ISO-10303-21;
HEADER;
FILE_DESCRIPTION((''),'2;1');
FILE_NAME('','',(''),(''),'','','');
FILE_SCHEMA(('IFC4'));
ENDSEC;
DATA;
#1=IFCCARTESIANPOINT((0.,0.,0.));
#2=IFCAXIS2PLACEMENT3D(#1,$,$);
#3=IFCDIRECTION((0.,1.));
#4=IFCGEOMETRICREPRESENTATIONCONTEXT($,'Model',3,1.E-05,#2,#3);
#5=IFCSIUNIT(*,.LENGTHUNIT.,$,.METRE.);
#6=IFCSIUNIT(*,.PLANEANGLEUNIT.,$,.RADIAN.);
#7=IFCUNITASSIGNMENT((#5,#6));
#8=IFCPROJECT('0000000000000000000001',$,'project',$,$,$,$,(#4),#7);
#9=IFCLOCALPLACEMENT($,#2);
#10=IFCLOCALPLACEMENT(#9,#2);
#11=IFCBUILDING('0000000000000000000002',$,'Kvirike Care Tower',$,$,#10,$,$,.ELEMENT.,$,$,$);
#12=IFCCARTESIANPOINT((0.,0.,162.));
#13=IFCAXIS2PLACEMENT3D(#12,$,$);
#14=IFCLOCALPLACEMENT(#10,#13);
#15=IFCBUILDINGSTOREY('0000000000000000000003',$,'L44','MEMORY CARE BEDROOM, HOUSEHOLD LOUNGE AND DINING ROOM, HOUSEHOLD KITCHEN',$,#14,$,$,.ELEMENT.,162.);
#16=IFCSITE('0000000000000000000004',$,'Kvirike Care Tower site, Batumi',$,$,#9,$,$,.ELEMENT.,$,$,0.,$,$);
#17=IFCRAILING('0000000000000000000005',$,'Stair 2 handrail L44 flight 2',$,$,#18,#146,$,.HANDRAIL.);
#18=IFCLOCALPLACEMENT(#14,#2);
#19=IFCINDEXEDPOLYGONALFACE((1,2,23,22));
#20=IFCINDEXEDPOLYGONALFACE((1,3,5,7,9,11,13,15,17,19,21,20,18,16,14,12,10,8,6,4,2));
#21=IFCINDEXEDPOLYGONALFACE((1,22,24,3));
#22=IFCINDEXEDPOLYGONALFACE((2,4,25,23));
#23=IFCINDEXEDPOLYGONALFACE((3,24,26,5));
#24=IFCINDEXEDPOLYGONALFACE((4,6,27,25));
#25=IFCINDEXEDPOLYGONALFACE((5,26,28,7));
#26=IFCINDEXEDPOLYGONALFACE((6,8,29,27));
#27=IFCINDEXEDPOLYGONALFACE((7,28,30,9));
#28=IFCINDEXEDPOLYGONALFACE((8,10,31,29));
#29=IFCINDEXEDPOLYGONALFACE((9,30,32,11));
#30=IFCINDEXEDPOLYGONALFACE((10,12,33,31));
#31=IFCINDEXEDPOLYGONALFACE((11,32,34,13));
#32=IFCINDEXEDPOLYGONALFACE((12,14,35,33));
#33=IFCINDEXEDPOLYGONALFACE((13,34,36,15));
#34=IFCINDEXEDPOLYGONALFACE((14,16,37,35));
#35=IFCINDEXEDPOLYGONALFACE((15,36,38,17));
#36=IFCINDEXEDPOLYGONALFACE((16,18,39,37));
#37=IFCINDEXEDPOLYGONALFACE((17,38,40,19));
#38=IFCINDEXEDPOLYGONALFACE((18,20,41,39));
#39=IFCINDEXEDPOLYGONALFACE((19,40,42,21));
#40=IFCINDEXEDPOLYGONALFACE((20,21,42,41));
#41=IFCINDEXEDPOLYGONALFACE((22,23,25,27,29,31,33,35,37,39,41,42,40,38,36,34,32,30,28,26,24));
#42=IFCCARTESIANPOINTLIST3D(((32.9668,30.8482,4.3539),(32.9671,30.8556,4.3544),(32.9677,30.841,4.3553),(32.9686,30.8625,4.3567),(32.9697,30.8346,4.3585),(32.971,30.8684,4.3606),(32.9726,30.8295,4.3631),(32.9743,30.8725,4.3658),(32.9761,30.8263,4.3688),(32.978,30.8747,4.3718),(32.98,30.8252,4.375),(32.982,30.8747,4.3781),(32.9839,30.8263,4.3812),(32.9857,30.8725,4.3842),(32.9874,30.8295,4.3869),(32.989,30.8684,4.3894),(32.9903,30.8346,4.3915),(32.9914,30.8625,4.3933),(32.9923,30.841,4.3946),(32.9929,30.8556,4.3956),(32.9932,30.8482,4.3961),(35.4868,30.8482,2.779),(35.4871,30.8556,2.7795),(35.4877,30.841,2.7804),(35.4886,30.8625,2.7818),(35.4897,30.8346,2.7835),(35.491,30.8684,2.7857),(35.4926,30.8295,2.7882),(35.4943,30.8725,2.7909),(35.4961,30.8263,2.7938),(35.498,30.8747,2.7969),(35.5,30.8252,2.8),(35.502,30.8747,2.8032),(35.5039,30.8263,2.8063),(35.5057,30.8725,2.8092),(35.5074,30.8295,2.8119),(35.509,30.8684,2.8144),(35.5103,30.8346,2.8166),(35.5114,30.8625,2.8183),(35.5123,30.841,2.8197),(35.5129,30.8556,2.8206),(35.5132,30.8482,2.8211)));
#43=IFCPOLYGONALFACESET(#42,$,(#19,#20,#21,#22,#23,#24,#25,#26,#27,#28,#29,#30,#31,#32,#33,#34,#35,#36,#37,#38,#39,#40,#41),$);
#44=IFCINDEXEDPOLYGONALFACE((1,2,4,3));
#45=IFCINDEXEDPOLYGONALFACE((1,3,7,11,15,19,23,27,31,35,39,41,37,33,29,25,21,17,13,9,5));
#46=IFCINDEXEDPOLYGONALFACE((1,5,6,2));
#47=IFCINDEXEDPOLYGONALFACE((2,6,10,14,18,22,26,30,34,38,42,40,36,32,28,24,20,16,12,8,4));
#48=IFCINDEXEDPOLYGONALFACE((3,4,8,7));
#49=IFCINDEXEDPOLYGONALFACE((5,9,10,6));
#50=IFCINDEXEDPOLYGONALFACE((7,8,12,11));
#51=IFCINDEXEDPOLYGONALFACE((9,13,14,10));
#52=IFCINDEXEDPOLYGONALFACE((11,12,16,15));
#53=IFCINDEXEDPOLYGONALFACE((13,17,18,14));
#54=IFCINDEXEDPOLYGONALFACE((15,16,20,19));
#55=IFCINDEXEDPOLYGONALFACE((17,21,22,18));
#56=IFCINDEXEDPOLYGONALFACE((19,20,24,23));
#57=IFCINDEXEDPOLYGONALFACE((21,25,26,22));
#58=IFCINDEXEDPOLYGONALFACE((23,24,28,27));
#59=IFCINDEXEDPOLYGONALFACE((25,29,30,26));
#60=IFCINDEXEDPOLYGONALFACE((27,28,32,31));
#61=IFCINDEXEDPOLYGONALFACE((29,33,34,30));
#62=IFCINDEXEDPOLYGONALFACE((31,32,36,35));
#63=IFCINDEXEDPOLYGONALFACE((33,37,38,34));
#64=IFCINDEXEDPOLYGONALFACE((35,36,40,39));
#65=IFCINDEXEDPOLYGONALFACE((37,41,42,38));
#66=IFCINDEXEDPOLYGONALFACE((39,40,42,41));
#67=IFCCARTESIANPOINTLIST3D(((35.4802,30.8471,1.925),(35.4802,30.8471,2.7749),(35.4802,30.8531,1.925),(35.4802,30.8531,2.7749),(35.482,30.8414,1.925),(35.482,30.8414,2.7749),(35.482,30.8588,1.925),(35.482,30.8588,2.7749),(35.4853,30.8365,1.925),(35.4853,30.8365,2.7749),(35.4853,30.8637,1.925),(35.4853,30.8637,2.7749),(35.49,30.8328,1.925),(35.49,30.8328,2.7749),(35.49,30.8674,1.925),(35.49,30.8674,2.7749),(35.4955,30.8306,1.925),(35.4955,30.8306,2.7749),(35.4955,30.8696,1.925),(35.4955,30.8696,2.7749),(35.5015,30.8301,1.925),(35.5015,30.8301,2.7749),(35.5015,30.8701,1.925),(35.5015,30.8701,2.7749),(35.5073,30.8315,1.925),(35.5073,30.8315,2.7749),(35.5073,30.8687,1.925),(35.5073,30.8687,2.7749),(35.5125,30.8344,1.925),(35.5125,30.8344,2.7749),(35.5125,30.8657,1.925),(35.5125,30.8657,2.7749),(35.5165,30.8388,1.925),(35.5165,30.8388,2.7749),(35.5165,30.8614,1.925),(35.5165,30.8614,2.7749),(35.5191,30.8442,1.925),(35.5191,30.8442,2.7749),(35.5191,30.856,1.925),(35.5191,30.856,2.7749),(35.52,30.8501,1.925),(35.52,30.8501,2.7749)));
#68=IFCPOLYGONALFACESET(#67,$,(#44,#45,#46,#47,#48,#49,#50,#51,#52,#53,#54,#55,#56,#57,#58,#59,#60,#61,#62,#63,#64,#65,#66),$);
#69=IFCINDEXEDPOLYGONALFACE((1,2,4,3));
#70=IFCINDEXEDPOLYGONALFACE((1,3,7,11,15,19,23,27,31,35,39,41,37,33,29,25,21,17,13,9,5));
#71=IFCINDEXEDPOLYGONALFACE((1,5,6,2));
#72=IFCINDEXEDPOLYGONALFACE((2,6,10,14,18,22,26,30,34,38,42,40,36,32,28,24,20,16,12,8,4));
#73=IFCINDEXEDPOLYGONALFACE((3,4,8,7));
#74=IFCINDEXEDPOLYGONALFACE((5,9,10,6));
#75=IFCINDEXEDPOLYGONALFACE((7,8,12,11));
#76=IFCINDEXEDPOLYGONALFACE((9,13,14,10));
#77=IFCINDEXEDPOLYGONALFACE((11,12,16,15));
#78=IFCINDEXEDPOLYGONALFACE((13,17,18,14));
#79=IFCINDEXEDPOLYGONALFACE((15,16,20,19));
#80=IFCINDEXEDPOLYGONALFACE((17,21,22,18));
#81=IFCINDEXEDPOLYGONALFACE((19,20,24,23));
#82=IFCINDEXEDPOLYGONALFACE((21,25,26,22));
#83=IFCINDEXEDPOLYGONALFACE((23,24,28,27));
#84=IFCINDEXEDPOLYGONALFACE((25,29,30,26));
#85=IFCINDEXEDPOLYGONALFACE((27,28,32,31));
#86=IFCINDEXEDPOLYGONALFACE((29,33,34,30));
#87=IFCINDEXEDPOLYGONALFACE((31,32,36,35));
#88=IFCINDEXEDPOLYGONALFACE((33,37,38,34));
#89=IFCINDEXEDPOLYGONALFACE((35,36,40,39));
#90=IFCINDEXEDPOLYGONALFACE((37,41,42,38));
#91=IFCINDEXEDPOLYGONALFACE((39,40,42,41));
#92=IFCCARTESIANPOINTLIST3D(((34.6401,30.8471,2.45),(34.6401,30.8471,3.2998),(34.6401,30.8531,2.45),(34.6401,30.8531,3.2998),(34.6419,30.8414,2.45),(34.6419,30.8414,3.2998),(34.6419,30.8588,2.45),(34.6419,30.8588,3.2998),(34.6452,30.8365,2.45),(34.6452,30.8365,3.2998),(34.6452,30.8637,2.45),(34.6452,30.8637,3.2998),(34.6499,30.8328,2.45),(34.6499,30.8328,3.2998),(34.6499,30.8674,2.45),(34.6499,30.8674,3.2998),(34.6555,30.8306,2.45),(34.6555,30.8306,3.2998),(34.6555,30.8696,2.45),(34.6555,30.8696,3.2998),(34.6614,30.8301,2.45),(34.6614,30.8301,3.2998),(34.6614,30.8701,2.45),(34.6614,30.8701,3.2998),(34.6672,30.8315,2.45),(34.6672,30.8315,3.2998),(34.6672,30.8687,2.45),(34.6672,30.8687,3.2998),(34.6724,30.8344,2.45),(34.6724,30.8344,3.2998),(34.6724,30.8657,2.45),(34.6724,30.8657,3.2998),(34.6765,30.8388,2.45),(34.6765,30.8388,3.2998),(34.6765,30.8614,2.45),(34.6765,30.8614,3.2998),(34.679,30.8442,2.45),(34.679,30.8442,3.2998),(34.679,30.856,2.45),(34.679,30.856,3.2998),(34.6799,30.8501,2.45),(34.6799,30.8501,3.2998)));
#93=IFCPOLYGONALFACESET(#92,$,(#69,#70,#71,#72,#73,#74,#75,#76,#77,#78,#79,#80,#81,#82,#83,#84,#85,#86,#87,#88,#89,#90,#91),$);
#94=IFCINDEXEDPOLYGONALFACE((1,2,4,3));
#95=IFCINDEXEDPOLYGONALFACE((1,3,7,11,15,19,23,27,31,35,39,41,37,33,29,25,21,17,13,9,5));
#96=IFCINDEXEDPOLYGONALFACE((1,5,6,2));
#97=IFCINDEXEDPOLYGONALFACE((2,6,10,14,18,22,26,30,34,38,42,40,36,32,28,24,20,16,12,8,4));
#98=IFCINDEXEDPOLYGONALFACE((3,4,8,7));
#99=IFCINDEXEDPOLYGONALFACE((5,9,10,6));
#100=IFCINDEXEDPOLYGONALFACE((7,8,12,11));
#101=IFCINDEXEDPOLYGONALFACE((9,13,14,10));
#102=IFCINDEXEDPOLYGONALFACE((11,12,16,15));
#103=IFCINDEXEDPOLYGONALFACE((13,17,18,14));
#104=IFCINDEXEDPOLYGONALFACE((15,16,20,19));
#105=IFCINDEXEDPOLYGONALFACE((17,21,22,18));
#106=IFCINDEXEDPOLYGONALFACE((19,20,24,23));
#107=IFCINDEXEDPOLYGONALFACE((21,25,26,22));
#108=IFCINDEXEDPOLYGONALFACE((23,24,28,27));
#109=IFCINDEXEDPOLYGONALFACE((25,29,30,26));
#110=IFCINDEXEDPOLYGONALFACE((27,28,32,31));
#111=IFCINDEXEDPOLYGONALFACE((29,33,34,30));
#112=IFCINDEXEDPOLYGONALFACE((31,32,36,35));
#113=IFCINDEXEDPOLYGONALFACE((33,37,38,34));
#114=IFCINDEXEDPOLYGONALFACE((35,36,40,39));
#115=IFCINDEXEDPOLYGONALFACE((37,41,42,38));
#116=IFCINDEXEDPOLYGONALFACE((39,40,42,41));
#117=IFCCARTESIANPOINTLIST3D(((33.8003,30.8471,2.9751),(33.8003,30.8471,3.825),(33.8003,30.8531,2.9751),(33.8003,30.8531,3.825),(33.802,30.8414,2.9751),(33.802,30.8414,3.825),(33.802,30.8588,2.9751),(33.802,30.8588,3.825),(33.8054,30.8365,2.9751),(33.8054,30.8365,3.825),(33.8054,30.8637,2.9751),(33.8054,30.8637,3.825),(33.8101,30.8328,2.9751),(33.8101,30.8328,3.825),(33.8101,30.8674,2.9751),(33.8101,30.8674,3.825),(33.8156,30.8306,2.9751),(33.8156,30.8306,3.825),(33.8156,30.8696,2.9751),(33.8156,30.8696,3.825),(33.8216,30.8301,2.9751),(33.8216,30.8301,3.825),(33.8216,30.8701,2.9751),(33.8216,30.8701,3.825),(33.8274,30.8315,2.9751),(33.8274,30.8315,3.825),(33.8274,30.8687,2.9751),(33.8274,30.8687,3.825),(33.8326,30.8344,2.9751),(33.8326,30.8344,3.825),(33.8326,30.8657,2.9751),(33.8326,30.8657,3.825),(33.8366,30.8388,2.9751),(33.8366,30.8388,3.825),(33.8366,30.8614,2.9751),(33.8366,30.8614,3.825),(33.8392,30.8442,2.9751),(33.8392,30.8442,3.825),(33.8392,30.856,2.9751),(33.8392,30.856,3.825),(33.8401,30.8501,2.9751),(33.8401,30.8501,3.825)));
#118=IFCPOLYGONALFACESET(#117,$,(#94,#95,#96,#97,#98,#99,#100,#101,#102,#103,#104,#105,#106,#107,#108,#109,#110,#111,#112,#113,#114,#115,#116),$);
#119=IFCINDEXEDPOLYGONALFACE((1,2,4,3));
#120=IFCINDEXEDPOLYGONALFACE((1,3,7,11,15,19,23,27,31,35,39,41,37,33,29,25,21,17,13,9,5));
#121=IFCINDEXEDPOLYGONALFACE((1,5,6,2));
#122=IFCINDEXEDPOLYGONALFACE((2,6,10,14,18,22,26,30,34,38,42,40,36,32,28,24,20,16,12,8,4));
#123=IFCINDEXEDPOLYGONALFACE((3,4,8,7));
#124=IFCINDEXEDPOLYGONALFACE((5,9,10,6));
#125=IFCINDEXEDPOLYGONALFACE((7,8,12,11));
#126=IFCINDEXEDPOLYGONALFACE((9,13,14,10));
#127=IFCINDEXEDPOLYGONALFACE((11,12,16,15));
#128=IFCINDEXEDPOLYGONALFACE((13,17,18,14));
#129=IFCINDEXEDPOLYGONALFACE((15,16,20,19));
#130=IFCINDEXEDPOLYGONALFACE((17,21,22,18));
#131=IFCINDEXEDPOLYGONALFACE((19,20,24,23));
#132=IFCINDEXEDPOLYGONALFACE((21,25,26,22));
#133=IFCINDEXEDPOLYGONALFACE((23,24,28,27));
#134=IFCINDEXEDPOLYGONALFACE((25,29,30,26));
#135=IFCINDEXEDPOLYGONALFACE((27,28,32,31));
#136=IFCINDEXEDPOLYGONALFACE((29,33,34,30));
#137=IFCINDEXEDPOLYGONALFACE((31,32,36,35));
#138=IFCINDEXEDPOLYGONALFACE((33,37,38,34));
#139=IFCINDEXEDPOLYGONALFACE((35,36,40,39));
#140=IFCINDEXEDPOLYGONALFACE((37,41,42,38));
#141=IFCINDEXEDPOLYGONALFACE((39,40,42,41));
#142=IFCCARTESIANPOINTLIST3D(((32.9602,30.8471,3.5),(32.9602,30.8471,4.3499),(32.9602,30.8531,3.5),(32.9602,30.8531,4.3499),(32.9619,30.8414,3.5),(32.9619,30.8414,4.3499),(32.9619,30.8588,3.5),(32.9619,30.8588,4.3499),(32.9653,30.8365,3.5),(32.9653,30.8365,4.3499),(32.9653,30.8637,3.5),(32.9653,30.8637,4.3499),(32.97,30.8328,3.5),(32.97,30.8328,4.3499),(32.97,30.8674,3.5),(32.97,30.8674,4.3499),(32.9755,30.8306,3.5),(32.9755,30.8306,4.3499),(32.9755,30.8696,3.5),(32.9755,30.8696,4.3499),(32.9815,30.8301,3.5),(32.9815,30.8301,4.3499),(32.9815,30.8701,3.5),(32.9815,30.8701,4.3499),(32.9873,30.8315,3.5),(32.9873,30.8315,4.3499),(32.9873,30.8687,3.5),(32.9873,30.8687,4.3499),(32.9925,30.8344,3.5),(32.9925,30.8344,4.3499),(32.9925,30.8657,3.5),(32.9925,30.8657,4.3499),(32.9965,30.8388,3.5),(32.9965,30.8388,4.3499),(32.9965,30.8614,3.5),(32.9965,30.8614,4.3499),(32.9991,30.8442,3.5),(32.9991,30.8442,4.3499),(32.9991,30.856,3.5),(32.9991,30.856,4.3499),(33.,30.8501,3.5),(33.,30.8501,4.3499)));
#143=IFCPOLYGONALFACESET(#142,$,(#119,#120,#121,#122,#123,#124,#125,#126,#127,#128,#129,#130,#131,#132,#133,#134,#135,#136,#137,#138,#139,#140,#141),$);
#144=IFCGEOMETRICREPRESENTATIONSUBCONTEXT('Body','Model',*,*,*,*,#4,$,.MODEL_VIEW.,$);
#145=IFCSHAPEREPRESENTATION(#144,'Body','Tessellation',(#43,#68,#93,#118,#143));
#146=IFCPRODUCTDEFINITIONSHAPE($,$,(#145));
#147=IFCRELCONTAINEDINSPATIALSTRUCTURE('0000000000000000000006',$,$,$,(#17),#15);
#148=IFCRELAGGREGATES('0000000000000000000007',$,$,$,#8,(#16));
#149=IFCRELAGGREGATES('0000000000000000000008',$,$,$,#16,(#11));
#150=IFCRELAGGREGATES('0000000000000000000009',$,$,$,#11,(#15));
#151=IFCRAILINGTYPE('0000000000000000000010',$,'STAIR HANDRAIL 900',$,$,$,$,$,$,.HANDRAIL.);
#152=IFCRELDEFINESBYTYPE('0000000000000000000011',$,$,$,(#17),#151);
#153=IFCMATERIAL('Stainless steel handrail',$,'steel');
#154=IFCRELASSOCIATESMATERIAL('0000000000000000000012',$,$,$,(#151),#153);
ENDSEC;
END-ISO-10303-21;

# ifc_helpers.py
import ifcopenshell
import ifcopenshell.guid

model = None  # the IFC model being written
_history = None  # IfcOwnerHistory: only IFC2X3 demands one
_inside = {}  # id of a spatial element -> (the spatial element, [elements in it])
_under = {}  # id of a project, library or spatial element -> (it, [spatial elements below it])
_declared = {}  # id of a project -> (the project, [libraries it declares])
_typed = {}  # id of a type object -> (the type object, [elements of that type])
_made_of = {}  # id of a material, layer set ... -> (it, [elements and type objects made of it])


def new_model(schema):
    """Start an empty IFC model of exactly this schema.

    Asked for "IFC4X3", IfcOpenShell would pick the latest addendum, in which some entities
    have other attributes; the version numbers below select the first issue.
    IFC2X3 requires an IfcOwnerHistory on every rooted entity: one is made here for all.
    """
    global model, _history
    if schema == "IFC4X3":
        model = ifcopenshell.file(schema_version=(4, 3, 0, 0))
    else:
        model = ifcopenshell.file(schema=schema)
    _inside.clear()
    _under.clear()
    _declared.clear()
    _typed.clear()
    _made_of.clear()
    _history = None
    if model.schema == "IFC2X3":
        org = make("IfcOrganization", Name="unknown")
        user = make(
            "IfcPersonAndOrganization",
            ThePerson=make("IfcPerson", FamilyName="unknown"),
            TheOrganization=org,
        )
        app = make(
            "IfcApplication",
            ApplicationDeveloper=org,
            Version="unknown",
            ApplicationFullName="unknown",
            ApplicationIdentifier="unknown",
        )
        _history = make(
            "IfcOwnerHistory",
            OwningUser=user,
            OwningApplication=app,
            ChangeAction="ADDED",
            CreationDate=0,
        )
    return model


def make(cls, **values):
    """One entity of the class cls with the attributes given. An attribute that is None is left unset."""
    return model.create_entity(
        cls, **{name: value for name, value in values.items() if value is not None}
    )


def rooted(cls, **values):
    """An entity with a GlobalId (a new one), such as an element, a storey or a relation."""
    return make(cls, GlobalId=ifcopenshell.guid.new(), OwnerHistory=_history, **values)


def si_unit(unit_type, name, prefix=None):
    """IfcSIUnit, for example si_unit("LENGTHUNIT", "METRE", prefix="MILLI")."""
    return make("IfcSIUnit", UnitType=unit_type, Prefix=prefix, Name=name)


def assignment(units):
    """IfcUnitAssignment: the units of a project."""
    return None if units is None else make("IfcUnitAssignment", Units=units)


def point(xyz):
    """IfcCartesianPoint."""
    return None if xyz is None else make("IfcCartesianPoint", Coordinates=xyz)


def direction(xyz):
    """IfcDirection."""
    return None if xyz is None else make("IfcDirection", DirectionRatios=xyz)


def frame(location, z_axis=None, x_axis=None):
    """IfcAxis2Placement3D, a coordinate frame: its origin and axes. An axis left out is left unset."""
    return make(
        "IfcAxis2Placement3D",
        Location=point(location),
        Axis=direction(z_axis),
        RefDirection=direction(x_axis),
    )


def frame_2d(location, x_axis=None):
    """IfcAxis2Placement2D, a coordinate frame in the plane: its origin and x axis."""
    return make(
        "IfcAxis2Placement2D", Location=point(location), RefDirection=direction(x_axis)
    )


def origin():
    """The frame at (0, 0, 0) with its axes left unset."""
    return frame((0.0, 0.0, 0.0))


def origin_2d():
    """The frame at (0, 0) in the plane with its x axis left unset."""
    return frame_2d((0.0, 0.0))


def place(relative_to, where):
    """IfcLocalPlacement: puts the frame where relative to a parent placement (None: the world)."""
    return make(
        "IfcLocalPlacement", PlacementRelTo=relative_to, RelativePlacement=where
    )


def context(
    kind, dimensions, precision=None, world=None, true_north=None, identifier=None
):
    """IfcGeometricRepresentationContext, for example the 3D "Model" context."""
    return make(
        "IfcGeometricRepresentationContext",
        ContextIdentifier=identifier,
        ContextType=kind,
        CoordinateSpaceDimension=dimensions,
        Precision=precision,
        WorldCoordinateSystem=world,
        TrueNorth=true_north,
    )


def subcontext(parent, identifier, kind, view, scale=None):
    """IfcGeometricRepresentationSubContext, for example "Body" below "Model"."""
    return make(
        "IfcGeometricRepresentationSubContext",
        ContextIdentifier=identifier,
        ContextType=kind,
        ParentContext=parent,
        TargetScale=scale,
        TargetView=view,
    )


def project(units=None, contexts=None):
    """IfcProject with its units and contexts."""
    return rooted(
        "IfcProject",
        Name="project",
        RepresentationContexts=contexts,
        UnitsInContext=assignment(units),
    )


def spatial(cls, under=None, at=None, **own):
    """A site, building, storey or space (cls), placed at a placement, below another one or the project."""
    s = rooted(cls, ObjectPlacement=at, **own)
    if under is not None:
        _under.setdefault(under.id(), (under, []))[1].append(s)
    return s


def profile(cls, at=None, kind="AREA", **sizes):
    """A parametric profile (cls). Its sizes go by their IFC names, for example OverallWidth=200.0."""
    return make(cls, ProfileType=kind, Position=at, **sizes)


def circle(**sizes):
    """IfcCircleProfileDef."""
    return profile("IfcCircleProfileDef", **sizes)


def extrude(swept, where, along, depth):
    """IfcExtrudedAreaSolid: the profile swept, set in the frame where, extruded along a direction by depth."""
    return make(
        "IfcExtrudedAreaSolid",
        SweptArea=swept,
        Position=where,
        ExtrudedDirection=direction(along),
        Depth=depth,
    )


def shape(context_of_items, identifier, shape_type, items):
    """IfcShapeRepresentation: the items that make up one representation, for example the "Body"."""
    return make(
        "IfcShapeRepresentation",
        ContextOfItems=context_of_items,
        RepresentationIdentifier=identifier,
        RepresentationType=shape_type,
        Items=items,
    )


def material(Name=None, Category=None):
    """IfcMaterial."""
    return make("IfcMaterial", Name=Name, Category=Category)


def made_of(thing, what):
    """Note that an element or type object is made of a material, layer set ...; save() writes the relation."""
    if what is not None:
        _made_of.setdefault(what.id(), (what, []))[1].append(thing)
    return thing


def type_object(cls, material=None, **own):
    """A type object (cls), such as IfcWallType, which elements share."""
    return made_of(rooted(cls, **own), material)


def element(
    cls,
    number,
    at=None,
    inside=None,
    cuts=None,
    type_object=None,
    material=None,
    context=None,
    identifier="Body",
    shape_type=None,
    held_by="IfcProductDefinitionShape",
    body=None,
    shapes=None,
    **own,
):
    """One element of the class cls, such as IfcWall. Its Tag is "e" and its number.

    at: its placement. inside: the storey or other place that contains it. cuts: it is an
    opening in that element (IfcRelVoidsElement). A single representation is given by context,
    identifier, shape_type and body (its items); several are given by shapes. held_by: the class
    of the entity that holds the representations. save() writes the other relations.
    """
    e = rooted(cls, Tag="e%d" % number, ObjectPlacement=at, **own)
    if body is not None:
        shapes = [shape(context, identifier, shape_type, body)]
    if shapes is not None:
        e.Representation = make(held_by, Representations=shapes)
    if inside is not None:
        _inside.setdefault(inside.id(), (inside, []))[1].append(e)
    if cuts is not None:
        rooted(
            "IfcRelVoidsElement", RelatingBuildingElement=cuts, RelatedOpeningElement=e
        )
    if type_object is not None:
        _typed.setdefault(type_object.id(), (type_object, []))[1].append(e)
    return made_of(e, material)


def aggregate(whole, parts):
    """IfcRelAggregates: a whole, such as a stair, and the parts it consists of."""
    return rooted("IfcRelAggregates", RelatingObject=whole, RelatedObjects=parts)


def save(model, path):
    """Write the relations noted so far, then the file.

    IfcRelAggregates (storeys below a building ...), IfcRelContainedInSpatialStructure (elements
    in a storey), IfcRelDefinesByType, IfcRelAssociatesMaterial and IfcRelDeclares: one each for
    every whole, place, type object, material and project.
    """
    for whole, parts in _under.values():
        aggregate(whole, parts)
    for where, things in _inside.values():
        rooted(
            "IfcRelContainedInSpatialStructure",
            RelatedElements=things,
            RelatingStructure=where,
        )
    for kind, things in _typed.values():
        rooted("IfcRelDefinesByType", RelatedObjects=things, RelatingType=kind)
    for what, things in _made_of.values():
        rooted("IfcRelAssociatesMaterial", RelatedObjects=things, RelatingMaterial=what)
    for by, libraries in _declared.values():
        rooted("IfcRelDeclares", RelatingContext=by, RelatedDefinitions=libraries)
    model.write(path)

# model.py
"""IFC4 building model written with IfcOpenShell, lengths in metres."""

from ifc_helpers import new_model, si_unit, direction, frame, origin, origin_2d, place, context, subcontext, project, spatial, circle, extrude, material, type_object, element, save


model = new_model("IFC4")

# Units and contexts
model_context = context("Model", 3, precision=1e-05, world=origin(), true_north=direction((0.0, 1.0)))
body_context = subcontext(model_context, "Body", "Model", "MODEL_VIEW")
ifc_project = project(units=[si_unit("LENGTHUNIT", "METRE"), si_unit("PLANEANGLEUNIT", "RADIAN")], contexts=[model_context])

# Site, building, storey
site_placement = place(None, origin())
site = spatial("IfcSite", under=ifc_project, at=site_placement, Name="Kvirike Care Tower site, Batumi", CompositionType="ELEMENT", RefElevation=0.0)
building_placement = place(site_placement, origin())
building = spatial("IfcBuilding", under=site, at=building_placement, Name="Kvirike Care Tower", CompositionType="ELEMENT")
storey_placement = place(building_placement, frame((0.0, 0.0, 162.0)))
storey = spatial("IfcBuildingStorey", under=building, at=storey_placement, Name="L44", Description="MEMORY CARE BEDROOM, HOUSEHOLD LOUNGE AND DINING ROOM, HOUSEHOLD KITCHEN", CompositionType="ELEMENT", Elevation=162.0)

# Railing
ifc_material_1 = material(Name="Stainless steel handrail", Category="steel")
railing_type = type_object("IfcRailingType", Name="STAIR HANDRAIL 900", PredefinedType="HANDRAIL", material=ifc_material_1)
railing_1_placement = place(storey_placement, frame((35.5, 30.8501, 1.925)))
element("IfcRailing", 1, at=railing_1_placement, inside=storey, type_object=railing_type, Name="Stair 2 handrail L44 flight 2", PredefinedType="HANDRAIL", context=body_context, shape_type="SweptSolid", body=[
    extrude(circle(Radius=0.0249, at=origin_2d()), frame((0.0, 0.0, 0.875), z_axis=(-0.848008, 0.0, 0.529984), x_axis=(0.0, -1.0, 0.0)), (0.0, 0.0, 1.0), 2.9717),
    extrude(circle(Radius=0.02, at=origin_2d()), origin(), (0.0, 0.0, 1.0), 0.8499),
    extrude(circle(Radius=0.02, at=origin_2d()), frame((-0.8401, 0.0, 0.5249)), (0.0, 0.0, 1.0), 0.8499),
    extrude(circle(Radius=0.02, at=origin_2d()), frame((-1.6799, 0.0, 1.05)), (0.0, 0.0, 1.0), 0.8499),
    extrude(circle(Radius=0.02, at=origin_2d()), frame((-2.52, 0.0, 1.575)), (0.0, 0.0, 1.0), 0.8499),
])

save(model, "model.ifc")
